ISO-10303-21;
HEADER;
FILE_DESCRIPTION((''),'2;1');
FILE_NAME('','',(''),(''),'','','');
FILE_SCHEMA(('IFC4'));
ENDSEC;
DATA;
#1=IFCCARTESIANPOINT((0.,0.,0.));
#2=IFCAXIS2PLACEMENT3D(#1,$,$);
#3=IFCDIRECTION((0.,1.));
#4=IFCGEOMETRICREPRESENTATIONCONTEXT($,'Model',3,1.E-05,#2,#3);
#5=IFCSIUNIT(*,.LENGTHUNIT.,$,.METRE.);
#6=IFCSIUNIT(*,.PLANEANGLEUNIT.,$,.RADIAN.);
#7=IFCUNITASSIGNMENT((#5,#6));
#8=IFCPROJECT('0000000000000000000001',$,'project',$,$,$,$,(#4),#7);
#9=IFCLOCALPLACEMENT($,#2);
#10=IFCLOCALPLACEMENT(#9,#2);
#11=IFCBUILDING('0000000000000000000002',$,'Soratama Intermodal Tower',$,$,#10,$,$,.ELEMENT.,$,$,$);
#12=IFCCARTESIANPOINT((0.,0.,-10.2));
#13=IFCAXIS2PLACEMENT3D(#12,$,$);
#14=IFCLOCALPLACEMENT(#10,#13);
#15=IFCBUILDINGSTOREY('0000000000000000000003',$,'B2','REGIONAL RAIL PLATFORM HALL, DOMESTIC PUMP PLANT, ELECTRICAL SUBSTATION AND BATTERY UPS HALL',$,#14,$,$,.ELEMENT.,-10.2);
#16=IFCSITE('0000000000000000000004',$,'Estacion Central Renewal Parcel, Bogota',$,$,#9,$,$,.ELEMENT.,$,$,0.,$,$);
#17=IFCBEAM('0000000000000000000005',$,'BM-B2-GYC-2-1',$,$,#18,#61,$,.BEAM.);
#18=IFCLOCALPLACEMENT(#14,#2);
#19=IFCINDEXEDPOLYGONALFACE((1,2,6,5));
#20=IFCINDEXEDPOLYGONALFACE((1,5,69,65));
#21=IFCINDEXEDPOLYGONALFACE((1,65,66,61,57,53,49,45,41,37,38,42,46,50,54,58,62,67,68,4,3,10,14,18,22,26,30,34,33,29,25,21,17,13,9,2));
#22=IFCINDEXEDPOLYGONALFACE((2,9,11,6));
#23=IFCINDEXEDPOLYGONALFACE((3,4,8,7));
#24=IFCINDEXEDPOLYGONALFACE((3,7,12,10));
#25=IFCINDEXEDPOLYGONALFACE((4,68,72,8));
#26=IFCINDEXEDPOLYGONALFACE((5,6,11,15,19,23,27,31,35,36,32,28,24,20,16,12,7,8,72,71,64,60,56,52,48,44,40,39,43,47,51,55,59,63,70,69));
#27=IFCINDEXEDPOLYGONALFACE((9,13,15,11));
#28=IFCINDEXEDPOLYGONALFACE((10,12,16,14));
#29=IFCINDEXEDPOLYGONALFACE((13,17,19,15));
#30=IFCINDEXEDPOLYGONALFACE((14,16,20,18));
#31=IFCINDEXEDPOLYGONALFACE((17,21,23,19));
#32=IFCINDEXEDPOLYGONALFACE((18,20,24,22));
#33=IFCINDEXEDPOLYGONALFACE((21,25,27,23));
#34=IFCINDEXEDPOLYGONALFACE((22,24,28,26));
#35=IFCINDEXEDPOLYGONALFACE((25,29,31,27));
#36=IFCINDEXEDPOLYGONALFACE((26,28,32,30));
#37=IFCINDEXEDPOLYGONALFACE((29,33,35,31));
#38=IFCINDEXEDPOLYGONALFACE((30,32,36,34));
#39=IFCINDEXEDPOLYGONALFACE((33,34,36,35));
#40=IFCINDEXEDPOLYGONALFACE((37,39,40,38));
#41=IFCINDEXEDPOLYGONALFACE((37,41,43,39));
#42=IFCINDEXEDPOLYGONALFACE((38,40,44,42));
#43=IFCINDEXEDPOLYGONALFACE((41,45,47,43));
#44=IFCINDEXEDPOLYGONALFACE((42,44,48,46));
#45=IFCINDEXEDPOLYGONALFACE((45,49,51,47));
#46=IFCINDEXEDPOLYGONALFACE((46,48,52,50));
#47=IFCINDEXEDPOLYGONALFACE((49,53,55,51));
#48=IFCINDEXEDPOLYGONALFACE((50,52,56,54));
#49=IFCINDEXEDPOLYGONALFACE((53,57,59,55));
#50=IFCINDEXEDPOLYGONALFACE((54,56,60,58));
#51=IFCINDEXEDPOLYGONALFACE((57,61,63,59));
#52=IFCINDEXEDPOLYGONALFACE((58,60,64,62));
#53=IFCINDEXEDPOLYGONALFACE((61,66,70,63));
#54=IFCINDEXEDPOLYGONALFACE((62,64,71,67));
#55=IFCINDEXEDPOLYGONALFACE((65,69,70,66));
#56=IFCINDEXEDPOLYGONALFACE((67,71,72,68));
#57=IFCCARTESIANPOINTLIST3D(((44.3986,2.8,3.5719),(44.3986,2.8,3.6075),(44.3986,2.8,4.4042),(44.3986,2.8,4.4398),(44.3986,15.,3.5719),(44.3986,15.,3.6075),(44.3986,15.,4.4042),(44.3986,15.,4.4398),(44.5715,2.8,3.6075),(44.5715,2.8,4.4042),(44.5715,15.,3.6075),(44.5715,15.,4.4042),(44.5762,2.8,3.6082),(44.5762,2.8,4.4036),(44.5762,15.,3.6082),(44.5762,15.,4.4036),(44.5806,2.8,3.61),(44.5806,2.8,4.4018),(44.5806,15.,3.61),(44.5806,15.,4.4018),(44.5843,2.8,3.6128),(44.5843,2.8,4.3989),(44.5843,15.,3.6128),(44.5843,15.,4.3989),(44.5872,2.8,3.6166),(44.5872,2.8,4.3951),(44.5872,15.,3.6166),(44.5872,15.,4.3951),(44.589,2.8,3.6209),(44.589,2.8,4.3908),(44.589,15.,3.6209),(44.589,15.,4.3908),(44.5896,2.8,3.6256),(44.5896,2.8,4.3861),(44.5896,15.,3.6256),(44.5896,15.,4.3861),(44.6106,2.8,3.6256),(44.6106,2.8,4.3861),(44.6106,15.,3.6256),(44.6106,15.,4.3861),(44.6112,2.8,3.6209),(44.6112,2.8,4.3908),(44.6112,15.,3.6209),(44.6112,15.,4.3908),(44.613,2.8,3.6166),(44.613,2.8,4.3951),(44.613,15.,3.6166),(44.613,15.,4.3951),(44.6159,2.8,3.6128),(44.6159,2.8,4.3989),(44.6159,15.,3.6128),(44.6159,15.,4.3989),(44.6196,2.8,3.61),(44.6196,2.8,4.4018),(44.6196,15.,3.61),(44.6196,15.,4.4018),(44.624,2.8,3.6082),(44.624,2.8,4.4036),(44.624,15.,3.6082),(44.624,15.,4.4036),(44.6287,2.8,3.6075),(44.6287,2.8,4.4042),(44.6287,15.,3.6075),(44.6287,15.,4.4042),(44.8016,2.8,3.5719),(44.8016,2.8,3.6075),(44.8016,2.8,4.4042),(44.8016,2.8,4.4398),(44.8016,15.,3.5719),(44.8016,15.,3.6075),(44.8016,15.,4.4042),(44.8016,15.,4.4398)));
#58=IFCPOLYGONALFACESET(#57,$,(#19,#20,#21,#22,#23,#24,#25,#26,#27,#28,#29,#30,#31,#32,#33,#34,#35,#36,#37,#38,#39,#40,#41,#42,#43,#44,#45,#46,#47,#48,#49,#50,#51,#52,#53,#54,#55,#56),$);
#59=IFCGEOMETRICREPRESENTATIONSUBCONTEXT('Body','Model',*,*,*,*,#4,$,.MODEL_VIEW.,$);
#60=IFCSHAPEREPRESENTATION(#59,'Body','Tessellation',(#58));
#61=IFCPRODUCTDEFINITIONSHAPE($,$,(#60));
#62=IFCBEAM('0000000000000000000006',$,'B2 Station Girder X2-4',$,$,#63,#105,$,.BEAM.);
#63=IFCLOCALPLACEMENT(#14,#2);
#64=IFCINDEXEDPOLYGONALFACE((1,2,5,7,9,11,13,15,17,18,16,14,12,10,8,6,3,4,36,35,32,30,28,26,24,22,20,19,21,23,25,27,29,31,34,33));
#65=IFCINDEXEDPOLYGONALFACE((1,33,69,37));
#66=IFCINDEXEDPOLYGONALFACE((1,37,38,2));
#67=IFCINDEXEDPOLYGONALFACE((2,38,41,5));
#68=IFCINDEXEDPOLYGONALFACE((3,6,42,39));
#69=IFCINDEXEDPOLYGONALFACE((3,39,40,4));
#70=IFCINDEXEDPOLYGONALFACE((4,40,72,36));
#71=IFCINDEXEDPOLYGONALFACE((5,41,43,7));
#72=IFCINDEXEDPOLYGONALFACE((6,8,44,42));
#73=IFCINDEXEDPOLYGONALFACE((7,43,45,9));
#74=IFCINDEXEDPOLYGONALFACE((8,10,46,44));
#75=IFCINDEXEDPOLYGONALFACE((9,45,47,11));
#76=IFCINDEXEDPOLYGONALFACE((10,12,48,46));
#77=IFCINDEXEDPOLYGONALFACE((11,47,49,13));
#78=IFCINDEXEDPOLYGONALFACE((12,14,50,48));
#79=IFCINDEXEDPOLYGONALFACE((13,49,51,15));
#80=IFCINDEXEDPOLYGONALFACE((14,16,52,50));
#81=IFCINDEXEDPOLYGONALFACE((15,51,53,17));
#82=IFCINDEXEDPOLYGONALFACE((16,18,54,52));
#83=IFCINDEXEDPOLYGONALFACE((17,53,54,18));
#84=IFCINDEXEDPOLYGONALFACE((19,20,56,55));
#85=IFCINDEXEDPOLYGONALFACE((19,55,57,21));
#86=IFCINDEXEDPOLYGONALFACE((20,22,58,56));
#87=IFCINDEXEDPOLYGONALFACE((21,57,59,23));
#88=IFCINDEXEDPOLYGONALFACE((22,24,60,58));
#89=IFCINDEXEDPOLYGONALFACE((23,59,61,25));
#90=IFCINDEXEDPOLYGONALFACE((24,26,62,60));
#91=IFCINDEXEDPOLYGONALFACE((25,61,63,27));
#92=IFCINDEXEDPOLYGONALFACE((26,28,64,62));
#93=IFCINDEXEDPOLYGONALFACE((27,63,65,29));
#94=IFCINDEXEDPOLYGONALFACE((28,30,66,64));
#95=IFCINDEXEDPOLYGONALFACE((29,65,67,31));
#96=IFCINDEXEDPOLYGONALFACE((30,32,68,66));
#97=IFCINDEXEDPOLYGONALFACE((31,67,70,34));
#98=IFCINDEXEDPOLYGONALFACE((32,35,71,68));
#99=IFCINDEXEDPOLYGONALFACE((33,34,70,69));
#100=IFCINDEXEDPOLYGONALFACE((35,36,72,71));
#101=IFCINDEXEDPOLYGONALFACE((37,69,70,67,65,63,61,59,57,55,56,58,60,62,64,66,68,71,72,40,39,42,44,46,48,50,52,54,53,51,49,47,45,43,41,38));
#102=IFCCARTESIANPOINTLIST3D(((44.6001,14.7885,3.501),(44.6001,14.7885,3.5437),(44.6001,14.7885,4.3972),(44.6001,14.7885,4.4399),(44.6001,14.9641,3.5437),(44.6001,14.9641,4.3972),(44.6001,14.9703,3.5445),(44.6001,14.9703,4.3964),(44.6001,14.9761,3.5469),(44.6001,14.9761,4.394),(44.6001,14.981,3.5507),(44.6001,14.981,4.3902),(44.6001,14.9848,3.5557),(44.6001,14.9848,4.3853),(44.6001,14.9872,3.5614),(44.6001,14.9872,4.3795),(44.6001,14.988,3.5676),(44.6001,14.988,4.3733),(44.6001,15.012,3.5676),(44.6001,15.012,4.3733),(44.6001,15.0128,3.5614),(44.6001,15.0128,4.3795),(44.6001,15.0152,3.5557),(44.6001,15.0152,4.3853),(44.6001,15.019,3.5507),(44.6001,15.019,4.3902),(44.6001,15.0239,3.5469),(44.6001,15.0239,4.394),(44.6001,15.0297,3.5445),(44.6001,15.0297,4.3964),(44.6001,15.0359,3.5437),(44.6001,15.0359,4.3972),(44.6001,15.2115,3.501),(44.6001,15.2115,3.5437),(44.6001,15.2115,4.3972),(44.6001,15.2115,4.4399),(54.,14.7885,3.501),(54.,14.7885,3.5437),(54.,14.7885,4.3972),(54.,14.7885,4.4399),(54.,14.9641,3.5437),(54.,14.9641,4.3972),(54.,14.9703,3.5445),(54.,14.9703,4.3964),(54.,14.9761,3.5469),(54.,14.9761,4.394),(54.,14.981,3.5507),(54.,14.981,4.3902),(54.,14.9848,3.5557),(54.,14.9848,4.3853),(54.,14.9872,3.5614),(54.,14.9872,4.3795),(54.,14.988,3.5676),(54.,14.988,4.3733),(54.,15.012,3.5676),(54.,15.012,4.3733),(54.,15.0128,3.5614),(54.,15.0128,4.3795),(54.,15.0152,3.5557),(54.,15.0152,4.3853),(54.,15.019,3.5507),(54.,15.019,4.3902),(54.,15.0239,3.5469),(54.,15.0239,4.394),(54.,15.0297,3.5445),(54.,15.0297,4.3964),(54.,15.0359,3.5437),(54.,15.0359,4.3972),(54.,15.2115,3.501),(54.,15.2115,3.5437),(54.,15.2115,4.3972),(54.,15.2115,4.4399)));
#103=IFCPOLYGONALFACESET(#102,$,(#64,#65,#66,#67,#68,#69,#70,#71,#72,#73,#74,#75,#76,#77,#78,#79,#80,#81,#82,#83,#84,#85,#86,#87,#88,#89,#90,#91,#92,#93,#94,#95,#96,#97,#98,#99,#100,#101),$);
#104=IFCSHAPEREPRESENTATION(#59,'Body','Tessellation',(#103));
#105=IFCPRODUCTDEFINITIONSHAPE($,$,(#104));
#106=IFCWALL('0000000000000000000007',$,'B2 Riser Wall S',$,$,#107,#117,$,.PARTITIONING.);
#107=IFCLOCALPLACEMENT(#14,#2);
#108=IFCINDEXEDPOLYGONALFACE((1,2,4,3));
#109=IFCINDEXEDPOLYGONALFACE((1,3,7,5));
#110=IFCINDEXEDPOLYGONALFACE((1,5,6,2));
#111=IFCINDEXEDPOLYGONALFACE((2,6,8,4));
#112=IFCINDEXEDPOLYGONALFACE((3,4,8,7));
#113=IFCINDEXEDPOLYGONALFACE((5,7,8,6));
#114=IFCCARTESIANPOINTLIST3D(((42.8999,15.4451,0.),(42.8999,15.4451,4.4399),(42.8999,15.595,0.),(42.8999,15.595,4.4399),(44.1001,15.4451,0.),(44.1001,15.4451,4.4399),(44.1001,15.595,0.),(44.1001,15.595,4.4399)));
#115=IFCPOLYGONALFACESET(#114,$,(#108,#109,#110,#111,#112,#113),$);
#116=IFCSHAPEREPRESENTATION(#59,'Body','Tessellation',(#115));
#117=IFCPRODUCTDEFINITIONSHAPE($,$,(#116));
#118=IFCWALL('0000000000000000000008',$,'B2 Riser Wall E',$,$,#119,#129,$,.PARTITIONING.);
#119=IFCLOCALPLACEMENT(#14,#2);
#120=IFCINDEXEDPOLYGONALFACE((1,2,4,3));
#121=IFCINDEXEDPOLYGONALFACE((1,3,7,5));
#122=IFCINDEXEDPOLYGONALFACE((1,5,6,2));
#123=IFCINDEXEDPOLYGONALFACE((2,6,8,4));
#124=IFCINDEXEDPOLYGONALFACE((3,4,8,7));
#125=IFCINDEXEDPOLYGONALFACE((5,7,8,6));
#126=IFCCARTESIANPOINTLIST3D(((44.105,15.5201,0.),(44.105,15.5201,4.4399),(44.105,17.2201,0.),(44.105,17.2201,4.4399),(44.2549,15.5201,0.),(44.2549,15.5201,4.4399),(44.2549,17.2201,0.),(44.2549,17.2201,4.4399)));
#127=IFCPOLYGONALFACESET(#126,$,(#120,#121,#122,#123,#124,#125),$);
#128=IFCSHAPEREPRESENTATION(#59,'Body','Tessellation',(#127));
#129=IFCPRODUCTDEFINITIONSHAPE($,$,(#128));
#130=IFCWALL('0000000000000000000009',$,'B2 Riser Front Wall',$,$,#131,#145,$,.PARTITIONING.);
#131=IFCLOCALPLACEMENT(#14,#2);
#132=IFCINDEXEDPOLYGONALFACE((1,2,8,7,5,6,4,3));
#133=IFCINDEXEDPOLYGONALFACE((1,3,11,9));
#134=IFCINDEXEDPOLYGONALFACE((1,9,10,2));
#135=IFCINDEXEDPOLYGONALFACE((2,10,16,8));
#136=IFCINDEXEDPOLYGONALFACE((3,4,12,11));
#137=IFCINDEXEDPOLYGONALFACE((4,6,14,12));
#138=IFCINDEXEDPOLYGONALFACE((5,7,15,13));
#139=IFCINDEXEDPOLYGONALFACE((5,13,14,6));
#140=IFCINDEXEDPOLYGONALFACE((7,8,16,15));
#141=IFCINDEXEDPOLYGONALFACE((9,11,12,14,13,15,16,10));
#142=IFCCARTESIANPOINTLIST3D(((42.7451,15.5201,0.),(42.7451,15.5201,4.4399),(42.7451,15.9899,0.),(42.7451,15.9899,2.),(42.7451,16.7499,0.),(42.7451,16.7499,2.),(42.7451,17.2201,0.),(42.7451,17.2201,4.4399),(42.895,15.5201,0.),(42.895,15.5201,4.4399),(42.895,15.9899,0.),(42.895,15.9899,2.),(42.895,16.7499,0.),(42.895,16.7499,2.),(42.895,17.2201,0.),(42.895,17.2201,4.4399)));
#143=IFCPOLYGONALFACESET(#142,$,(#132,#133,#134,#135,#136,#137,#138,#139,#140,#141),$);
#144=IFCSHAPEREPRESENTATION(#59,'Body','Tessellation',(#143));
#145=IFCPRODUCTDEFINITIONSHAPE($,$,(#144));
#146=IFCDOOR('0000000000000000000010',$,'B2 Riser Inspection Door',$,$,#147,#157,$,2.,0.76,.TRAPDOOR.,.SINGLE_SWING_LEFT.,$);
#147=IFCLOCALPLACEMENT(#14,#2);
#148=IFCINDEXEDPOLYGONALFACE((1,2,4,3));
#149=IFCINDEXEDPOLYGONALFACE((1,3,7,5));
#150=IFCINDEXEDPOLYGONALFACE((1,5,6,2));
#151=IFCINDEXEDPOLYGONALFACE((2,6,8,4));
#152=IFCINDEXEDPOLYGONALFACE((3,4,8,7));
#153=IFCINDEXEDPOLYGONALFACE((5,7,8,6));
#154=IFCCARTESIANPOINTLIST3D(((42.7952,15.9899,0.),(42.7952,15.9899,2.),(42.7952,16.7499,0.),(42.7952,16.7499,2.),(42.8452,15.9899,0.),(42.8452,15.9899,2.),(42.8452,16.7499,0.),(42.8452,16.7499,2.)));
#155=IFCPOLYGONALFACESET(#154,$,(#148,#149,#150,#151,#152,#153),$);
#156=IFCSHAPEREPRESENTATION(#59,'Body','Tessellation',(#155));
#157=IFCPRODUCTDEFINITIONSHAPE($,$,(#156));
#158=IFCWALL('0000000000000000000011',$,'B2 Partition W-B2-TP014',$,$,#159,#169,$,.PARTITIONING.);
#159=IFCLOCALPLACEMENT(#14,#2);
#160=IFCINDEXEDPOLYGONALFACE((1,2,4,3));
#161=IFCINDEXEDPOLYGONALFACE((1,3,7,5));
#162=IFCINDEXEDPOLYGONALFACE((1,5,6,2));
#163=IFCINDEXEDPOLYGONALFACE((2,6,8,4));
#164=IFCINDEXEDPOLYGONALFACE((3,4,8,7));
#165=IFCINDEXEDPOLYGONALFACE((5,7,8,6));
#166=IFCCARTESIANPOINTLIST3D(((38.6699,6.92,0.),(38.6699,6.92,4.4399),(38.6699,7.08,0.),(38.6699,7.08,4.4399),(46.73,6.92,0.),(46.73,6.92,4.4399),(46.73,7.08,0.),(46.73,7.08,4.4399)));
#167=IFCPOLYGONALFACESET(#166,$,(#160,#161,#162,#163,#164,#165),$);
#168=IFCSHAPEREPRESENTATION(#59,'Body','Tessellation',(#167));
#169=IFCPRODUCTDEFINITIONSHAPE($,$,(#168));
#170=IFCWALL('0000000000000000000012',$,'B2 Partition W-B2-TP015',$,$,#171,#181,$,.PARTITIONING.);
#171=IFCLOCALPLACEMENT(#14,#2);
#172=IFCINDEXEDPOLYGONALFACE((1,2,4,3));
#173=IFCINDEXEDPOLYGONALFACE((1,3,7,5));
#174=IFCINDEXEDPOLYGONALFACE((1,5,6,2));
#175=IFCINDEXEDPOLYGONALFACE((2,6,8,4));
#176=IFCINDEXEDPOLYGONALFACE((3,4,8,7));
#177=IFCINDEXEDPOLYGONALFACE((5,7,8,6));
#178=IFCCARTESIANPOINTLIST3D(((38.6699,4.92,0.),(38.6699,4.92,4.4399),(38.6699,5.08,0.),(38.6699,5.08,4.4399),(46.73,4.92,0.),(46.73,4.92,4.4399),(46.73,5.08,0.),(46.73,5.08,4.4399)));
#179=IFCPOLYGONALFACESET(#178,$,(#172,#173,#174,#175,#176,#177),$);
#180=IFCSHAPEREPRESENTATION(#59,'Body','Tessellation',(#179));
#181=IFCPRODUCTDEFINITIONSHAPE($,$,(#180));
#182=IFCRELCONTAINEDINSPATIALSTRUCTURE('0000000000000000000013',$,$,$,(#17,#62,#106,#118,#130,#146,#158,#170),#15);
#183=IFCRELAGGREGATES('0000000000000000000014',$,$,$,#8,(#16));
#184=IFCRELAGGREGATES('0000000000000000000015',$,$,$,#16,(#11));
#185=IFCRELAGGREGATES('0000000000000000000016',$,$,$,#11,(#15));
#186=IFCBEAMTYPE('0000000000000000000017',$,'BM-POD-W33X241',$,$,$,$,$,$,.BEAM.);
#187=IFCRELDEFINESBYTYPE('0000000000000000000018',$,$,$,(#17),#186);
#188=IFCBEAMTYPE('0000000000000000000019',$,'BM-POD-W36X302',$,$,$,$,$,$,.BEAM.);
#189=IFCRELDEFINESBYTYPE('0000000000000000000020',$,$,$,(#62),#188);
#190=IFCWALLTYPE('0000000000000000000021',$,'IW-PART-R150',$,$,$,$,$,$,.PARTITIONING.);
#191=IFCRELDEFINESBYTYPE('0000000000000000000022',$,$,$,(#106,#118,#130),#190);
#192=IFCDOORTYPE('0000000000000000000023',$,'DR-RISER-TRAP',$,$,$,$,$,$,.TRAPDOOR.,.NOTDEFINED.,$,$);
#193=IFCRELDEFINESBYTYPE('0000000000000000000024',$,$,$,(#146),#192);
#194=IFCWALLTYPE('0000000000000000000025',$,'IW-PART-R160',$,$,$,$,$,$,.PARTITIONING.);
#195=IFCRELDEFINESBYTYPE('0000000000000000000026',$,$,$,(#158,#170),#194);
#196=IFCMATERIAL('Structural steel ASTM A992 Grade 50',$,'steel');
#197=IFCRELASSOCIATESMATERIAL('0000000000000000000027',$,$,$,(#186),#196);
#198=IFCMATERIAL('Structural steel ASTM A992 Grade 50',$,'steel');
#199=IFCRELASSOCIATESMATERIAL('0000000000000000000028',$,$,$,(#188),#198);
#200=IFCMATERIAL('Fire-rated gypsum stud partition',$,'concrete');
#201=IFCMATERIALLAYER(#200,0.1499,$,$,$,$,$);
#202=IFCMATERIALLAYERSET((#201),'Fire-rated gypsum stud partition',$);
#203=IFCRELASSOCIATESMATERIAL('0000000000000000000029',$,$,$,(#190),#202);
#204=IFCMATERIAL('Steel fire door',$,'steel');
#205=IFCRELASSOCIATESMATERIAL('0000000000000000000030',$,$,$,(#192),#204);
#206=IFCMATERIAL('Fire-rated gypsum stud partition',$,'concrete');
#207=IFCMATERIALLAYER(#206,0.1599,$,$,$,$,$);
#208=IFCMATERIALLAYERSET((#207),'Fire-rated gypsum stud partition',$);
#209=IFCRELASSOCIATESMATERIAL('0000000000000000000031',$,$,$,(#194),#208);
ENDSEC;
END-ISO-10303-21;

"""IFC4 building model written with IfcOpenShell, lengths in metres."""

from ifc_helpers import new_model, si_unit, direction, frame, frame_2d, origin, origin_2d, place, context, subcontext, project, spatial, rectangle, i_section, extrude, material, layer, layer_set, material_profile, profile_set, type_object, element, fill, save


model = new_model("IFC4")

# Units and contexts
model_context = context("Model", 3, precision=1e-05, world=origin(), true_north=direction((0.0, 1.0)))
body_context = subcontext(model_context, "Body", "Model", "MODEL_VIEW")
ifc_project = project(units=[si_unit("LENGTHUNIT", "METRE"), si_unit("PLANEANGLEUNIT", "RADIAN")], contexts=[model_context])

# Site, building, storey
site_placement = place(None, origin())
site = spatial("IfcSite", under=ifc_project, at=site_placement, Name="Estacion Central Renewal Parcel, Bogota", CompositionType="ELEMENT", RefElevation=0.0)
building_placement = place(site_placement, origin())
building = spatial("IfcBuilding", under=site, at=building_placement, Name="Soratama Intermodal Tower", CompositionType="ELEMENT")
storey_placement = place(building_placement, frame((0.0, 0.0, -10.2)))
storey = spatial("IfcBuildingStorey", under=building, at=storey_placement, Name="B2", Description="REGIONAL RAIL PLATFORM HALL, DOMESTIC PUMP PLANT, ELECTRICAL SUBSTATION AND BATTERY UPS HALL", CompositionType="ELEMENT", Elevation=-10.2)

# Beams
ifc_material_1 = material(Name="Structural steel ASTM A992 Grade 50", Category="steel")
ifc_material_profile_1 = material_profile(ifc_material_1, i_section(OverallWidth=0.4031, OverallDepth=0.8679, WebThickness=0.021, FlangeThickness=0.0356, FilletRadius=0.0181, at=origin_2d()), Name="W33X241")
ifc_profile_set_1 = profile_set([ifc_material_profile_1], Name="Structural steel ASTM A992 Grade 50")
beam_type_1 = type_object("IfcBeamType", Name="BM-POD-W33X241", PredefinedType="BEAM", material=ifc_profile_set_1)
beam_1_placement = place(storey_placement, frame((44.6001, 2.8, 4.0059), z_axis=(0.0, 1.0, 0.0), x_axis=(-1.0, 0.0, 0.0)))
element("IfcBeam", 1, at=beam_1_placement, inside=storey, type_object=beam_type_1, Name="BM-B2-GYC-2-1", PredefinedType="BEAM", context=body_context, shape_type="SweptSolid", body=[
    extrude(i_section(OverallWidth=0.4031, OverallDepth=0.8679, WebThickness=0.021, FlangeThickness=0.0356, FilletRadius=0.0181, at=origin_2d()), origin(), (0.0, 0.0, 1.0), 12.2),
])
ifc_material_2 = material(Name="Structural steel ASTM A992 Grade 50", Category="steel")
ifc_material_profile_2 = material_profile(ifc_material_2, i_section(OverallWidth=0.4231, OverallDepth=0.939, WebThickness=0.0239, FlangeThickness=0.0427, FilletRadius=0.0239, at=origin_2d()), Name="W36X302")
ifc_profile_set_2 = profile_set([ifc_material_profile_2], Name="Structural steel ASTM A992 Grade 50")
beam_type_2 = type_object("IfcBeamType", Name="BM-POD-W36X302", PredefinedType="BEAM", material=ifc_profile_set_2)
beam_2_placement = place(storey_placement, frame((44.6001, 15.0, 3.9705), z_axis=(1.0, 0.0, 0.0), x_axis=(0.0, 1.0, 0.0)))
element("IfcBeam", 2, at=beam_2_placement, inside=storey, type_object=beam_type_2, Name="B2 Station Girder X2-4", PredefinedType="BEAM", context=body_context, shape_type="SweptSolid", body=[
    extrude(i_section(OverallWidth=0.4231, OverallDepth=0.939, WebThickness=0.0239, FlangeThickness=0.0427, FilletRadius=0.0239, at=origin_2d()), origin(), (0.0, 0.0, 1.0), 9.3999),
])

# Walls
ifc_material_3 = material(Name="Fire-rated gypsum stud partition", Category="concrete")
ifc_layer_1 = layer(ifc_material_3, 0.1499)
ifc_layer_set_1 = layer_set([ifc_layer_1], Name="Fire-rated gypsum stud partition")
wall_type_1 = type_object("IfcWallType", Name="IW-PART-R150", PredefinedType="PARTITIONING", material=ifc_layer_set_1)
wall_1_placement = place(storey_placement, frame((42.8999, 15.52, 0.0), z_axis=(0.0, 0.0, 1.0), x_axis=(1.0, 0.0, 0.0)))
element("IfcWall", 3, at=wall_1_placement, inside=storey, type_object=wall_type_1, Name="B2 Riser Wall S", PredefinedType="PARTITIONING", context=body_context, shape_type="SweptSolid", body=[
    extrude(rectangle(XDim=1.2002, YDim=0.1499, at=frame_2d((0.6001, 0.0))), origin(), (0.0, 0.0, 1.0), 4.4399),
])
wall_2_placement = place(storey_placement, frame((44.1799, 15.52, 0.0), z_axis=(0.0, 0.0, 1.0), x_axis=(0.0, 1.0, 0.0)))
element("IfcWall", 4, at=wall_2_placement, inside=storey, type_object=wall_type_1, Name="B2 Riser Wall E", PredefinedType="PARTITIONING", context=body_context, shape_type="SweptSolid", body=[
    extrude(rectangle(XDim=1.7, YDim=0.1499, at=frame_2d((0.8501, 0.0))), origin(), (0.0, 0.0, 1.0), 4.4399),
])

# Wall, opening, door
wall_3_placement = place(storey_placement, frame((42.8201, 15.52, 0.0), z_axis=(0.0, 0.0, 1.0), x_axis=(0.0, 1.0, 0.0)))
wall_3 = element("IfcWall", 5, at=wall_3_placement, inside=storey, type_object=wall_type_1, Name="B2 Riser Front Wall", PredefinedType="PARTITIONING", context=body_context, shape_type="SweptSolid", body=[
    extrude(rectangle(XDim=1.7, YDim=0.1499, at=frame_2d((0.8501, 0.0))), origin(), (0.0, 0.0, 1.0), 4.4399),
])
opening_1_placement = place(wall_3_placement, frame((0.47, 0.0, 0.0)))
opening_1 = element("IfcOpeningElement", 6, at=opening_1_placement, cuts=wall_3, PredefinedType="OPENING", context=body_context, shape_type="SweptSolid", body=[
    extrude(rectangle(XDim=0.76, YDim=2.0, at=frame_2d((0.3799, 1.0))), frame((0.0, 0.085, 0.0), z_axis=(0.0, -1.0, 0.0), x_axis=(1.0, 0.0, 0.0)), (0.0, 0.0, 1.0), 0.1699),
])
ifc_material_4 = material(Name="Steel fire door", Category="steel")
door_type_1 = type_object("IfcDoorType", Name="DR-RISER-TRAP", OperationType="NOTDEFINED", PredefinedType="TRAPDOOR", material=ifc_material_4)
door_1_placement = place(opening_1_placement, origin())
door_1 = element("IfcDoor", 7, at=door_1_placement, inside=storey, type_object=door_type_1, Name="B2 Riser Inspection Door", OperationType="SINGLE_SWING_LEFT", OverallHeight=2.0, OverallWidth=0.76, PredefinedType="TRAPDOOR", context=body_context, shape_type="SweptSolid", body=[
    extrude(rectangle(XDim=0.76, YDim=2.0, at=frame_2d((0.3799, 1.0))), frame((0.0, 0.0249, 0.0), z_axis=(0.0, -1.0, 0.0), x_axis=(1.0, 0.0, 0.0)), (0.0, 0.0, 1.0), 0.05),
])
fill(opening_1, door_1)

# Walls
ifc_material_5 = material(Name="Fire-rated gypsum stud partition", Category="concrete")
ifc_layer_2 = layer(ifc_material_5, 0.1599)
ifc_layer_set_2 = layer_set([ifc_layer_2], Name="Fire-rated gypsum stud partition")
wall_type_2 = type_object("IfcWallType", Name="IW-PART-R160", PredefinedType="PARTITIONING", material=ifc_layer_set_2)
for number, where, z_axis, x_axis, name in (
    (8, (38.6699, 7.0, 0.0), (0.0, 0.0, 1.0), (1.0, 0.0, 0.0), "B2 Partition W-B2-TP014"),
    (9, (46.73, 5.0, 0.0), (0.0, 0.0, 1.0), (-1.0, 0.0, 0.0), "B2 Partition W-B2-TP015"),
):
    element("IfcWall", number, at=place(storey_placement, frame(where, z_axis=z_axis, x_axis=x_axis)), inside=storey, type_object=wall_type_2, Name=name, PredefinedType="PARTITIONING", context=body_context, shape_type="SweptSolid", body=[
        extrude(rectangle(XDim=8.0601, YDim=0.1599, at=frame_2d((4.03, 0.0))), origin(), (0.0, 0.0, 1.0), 4.4399),
    ])

save(model, "model.ifc")
